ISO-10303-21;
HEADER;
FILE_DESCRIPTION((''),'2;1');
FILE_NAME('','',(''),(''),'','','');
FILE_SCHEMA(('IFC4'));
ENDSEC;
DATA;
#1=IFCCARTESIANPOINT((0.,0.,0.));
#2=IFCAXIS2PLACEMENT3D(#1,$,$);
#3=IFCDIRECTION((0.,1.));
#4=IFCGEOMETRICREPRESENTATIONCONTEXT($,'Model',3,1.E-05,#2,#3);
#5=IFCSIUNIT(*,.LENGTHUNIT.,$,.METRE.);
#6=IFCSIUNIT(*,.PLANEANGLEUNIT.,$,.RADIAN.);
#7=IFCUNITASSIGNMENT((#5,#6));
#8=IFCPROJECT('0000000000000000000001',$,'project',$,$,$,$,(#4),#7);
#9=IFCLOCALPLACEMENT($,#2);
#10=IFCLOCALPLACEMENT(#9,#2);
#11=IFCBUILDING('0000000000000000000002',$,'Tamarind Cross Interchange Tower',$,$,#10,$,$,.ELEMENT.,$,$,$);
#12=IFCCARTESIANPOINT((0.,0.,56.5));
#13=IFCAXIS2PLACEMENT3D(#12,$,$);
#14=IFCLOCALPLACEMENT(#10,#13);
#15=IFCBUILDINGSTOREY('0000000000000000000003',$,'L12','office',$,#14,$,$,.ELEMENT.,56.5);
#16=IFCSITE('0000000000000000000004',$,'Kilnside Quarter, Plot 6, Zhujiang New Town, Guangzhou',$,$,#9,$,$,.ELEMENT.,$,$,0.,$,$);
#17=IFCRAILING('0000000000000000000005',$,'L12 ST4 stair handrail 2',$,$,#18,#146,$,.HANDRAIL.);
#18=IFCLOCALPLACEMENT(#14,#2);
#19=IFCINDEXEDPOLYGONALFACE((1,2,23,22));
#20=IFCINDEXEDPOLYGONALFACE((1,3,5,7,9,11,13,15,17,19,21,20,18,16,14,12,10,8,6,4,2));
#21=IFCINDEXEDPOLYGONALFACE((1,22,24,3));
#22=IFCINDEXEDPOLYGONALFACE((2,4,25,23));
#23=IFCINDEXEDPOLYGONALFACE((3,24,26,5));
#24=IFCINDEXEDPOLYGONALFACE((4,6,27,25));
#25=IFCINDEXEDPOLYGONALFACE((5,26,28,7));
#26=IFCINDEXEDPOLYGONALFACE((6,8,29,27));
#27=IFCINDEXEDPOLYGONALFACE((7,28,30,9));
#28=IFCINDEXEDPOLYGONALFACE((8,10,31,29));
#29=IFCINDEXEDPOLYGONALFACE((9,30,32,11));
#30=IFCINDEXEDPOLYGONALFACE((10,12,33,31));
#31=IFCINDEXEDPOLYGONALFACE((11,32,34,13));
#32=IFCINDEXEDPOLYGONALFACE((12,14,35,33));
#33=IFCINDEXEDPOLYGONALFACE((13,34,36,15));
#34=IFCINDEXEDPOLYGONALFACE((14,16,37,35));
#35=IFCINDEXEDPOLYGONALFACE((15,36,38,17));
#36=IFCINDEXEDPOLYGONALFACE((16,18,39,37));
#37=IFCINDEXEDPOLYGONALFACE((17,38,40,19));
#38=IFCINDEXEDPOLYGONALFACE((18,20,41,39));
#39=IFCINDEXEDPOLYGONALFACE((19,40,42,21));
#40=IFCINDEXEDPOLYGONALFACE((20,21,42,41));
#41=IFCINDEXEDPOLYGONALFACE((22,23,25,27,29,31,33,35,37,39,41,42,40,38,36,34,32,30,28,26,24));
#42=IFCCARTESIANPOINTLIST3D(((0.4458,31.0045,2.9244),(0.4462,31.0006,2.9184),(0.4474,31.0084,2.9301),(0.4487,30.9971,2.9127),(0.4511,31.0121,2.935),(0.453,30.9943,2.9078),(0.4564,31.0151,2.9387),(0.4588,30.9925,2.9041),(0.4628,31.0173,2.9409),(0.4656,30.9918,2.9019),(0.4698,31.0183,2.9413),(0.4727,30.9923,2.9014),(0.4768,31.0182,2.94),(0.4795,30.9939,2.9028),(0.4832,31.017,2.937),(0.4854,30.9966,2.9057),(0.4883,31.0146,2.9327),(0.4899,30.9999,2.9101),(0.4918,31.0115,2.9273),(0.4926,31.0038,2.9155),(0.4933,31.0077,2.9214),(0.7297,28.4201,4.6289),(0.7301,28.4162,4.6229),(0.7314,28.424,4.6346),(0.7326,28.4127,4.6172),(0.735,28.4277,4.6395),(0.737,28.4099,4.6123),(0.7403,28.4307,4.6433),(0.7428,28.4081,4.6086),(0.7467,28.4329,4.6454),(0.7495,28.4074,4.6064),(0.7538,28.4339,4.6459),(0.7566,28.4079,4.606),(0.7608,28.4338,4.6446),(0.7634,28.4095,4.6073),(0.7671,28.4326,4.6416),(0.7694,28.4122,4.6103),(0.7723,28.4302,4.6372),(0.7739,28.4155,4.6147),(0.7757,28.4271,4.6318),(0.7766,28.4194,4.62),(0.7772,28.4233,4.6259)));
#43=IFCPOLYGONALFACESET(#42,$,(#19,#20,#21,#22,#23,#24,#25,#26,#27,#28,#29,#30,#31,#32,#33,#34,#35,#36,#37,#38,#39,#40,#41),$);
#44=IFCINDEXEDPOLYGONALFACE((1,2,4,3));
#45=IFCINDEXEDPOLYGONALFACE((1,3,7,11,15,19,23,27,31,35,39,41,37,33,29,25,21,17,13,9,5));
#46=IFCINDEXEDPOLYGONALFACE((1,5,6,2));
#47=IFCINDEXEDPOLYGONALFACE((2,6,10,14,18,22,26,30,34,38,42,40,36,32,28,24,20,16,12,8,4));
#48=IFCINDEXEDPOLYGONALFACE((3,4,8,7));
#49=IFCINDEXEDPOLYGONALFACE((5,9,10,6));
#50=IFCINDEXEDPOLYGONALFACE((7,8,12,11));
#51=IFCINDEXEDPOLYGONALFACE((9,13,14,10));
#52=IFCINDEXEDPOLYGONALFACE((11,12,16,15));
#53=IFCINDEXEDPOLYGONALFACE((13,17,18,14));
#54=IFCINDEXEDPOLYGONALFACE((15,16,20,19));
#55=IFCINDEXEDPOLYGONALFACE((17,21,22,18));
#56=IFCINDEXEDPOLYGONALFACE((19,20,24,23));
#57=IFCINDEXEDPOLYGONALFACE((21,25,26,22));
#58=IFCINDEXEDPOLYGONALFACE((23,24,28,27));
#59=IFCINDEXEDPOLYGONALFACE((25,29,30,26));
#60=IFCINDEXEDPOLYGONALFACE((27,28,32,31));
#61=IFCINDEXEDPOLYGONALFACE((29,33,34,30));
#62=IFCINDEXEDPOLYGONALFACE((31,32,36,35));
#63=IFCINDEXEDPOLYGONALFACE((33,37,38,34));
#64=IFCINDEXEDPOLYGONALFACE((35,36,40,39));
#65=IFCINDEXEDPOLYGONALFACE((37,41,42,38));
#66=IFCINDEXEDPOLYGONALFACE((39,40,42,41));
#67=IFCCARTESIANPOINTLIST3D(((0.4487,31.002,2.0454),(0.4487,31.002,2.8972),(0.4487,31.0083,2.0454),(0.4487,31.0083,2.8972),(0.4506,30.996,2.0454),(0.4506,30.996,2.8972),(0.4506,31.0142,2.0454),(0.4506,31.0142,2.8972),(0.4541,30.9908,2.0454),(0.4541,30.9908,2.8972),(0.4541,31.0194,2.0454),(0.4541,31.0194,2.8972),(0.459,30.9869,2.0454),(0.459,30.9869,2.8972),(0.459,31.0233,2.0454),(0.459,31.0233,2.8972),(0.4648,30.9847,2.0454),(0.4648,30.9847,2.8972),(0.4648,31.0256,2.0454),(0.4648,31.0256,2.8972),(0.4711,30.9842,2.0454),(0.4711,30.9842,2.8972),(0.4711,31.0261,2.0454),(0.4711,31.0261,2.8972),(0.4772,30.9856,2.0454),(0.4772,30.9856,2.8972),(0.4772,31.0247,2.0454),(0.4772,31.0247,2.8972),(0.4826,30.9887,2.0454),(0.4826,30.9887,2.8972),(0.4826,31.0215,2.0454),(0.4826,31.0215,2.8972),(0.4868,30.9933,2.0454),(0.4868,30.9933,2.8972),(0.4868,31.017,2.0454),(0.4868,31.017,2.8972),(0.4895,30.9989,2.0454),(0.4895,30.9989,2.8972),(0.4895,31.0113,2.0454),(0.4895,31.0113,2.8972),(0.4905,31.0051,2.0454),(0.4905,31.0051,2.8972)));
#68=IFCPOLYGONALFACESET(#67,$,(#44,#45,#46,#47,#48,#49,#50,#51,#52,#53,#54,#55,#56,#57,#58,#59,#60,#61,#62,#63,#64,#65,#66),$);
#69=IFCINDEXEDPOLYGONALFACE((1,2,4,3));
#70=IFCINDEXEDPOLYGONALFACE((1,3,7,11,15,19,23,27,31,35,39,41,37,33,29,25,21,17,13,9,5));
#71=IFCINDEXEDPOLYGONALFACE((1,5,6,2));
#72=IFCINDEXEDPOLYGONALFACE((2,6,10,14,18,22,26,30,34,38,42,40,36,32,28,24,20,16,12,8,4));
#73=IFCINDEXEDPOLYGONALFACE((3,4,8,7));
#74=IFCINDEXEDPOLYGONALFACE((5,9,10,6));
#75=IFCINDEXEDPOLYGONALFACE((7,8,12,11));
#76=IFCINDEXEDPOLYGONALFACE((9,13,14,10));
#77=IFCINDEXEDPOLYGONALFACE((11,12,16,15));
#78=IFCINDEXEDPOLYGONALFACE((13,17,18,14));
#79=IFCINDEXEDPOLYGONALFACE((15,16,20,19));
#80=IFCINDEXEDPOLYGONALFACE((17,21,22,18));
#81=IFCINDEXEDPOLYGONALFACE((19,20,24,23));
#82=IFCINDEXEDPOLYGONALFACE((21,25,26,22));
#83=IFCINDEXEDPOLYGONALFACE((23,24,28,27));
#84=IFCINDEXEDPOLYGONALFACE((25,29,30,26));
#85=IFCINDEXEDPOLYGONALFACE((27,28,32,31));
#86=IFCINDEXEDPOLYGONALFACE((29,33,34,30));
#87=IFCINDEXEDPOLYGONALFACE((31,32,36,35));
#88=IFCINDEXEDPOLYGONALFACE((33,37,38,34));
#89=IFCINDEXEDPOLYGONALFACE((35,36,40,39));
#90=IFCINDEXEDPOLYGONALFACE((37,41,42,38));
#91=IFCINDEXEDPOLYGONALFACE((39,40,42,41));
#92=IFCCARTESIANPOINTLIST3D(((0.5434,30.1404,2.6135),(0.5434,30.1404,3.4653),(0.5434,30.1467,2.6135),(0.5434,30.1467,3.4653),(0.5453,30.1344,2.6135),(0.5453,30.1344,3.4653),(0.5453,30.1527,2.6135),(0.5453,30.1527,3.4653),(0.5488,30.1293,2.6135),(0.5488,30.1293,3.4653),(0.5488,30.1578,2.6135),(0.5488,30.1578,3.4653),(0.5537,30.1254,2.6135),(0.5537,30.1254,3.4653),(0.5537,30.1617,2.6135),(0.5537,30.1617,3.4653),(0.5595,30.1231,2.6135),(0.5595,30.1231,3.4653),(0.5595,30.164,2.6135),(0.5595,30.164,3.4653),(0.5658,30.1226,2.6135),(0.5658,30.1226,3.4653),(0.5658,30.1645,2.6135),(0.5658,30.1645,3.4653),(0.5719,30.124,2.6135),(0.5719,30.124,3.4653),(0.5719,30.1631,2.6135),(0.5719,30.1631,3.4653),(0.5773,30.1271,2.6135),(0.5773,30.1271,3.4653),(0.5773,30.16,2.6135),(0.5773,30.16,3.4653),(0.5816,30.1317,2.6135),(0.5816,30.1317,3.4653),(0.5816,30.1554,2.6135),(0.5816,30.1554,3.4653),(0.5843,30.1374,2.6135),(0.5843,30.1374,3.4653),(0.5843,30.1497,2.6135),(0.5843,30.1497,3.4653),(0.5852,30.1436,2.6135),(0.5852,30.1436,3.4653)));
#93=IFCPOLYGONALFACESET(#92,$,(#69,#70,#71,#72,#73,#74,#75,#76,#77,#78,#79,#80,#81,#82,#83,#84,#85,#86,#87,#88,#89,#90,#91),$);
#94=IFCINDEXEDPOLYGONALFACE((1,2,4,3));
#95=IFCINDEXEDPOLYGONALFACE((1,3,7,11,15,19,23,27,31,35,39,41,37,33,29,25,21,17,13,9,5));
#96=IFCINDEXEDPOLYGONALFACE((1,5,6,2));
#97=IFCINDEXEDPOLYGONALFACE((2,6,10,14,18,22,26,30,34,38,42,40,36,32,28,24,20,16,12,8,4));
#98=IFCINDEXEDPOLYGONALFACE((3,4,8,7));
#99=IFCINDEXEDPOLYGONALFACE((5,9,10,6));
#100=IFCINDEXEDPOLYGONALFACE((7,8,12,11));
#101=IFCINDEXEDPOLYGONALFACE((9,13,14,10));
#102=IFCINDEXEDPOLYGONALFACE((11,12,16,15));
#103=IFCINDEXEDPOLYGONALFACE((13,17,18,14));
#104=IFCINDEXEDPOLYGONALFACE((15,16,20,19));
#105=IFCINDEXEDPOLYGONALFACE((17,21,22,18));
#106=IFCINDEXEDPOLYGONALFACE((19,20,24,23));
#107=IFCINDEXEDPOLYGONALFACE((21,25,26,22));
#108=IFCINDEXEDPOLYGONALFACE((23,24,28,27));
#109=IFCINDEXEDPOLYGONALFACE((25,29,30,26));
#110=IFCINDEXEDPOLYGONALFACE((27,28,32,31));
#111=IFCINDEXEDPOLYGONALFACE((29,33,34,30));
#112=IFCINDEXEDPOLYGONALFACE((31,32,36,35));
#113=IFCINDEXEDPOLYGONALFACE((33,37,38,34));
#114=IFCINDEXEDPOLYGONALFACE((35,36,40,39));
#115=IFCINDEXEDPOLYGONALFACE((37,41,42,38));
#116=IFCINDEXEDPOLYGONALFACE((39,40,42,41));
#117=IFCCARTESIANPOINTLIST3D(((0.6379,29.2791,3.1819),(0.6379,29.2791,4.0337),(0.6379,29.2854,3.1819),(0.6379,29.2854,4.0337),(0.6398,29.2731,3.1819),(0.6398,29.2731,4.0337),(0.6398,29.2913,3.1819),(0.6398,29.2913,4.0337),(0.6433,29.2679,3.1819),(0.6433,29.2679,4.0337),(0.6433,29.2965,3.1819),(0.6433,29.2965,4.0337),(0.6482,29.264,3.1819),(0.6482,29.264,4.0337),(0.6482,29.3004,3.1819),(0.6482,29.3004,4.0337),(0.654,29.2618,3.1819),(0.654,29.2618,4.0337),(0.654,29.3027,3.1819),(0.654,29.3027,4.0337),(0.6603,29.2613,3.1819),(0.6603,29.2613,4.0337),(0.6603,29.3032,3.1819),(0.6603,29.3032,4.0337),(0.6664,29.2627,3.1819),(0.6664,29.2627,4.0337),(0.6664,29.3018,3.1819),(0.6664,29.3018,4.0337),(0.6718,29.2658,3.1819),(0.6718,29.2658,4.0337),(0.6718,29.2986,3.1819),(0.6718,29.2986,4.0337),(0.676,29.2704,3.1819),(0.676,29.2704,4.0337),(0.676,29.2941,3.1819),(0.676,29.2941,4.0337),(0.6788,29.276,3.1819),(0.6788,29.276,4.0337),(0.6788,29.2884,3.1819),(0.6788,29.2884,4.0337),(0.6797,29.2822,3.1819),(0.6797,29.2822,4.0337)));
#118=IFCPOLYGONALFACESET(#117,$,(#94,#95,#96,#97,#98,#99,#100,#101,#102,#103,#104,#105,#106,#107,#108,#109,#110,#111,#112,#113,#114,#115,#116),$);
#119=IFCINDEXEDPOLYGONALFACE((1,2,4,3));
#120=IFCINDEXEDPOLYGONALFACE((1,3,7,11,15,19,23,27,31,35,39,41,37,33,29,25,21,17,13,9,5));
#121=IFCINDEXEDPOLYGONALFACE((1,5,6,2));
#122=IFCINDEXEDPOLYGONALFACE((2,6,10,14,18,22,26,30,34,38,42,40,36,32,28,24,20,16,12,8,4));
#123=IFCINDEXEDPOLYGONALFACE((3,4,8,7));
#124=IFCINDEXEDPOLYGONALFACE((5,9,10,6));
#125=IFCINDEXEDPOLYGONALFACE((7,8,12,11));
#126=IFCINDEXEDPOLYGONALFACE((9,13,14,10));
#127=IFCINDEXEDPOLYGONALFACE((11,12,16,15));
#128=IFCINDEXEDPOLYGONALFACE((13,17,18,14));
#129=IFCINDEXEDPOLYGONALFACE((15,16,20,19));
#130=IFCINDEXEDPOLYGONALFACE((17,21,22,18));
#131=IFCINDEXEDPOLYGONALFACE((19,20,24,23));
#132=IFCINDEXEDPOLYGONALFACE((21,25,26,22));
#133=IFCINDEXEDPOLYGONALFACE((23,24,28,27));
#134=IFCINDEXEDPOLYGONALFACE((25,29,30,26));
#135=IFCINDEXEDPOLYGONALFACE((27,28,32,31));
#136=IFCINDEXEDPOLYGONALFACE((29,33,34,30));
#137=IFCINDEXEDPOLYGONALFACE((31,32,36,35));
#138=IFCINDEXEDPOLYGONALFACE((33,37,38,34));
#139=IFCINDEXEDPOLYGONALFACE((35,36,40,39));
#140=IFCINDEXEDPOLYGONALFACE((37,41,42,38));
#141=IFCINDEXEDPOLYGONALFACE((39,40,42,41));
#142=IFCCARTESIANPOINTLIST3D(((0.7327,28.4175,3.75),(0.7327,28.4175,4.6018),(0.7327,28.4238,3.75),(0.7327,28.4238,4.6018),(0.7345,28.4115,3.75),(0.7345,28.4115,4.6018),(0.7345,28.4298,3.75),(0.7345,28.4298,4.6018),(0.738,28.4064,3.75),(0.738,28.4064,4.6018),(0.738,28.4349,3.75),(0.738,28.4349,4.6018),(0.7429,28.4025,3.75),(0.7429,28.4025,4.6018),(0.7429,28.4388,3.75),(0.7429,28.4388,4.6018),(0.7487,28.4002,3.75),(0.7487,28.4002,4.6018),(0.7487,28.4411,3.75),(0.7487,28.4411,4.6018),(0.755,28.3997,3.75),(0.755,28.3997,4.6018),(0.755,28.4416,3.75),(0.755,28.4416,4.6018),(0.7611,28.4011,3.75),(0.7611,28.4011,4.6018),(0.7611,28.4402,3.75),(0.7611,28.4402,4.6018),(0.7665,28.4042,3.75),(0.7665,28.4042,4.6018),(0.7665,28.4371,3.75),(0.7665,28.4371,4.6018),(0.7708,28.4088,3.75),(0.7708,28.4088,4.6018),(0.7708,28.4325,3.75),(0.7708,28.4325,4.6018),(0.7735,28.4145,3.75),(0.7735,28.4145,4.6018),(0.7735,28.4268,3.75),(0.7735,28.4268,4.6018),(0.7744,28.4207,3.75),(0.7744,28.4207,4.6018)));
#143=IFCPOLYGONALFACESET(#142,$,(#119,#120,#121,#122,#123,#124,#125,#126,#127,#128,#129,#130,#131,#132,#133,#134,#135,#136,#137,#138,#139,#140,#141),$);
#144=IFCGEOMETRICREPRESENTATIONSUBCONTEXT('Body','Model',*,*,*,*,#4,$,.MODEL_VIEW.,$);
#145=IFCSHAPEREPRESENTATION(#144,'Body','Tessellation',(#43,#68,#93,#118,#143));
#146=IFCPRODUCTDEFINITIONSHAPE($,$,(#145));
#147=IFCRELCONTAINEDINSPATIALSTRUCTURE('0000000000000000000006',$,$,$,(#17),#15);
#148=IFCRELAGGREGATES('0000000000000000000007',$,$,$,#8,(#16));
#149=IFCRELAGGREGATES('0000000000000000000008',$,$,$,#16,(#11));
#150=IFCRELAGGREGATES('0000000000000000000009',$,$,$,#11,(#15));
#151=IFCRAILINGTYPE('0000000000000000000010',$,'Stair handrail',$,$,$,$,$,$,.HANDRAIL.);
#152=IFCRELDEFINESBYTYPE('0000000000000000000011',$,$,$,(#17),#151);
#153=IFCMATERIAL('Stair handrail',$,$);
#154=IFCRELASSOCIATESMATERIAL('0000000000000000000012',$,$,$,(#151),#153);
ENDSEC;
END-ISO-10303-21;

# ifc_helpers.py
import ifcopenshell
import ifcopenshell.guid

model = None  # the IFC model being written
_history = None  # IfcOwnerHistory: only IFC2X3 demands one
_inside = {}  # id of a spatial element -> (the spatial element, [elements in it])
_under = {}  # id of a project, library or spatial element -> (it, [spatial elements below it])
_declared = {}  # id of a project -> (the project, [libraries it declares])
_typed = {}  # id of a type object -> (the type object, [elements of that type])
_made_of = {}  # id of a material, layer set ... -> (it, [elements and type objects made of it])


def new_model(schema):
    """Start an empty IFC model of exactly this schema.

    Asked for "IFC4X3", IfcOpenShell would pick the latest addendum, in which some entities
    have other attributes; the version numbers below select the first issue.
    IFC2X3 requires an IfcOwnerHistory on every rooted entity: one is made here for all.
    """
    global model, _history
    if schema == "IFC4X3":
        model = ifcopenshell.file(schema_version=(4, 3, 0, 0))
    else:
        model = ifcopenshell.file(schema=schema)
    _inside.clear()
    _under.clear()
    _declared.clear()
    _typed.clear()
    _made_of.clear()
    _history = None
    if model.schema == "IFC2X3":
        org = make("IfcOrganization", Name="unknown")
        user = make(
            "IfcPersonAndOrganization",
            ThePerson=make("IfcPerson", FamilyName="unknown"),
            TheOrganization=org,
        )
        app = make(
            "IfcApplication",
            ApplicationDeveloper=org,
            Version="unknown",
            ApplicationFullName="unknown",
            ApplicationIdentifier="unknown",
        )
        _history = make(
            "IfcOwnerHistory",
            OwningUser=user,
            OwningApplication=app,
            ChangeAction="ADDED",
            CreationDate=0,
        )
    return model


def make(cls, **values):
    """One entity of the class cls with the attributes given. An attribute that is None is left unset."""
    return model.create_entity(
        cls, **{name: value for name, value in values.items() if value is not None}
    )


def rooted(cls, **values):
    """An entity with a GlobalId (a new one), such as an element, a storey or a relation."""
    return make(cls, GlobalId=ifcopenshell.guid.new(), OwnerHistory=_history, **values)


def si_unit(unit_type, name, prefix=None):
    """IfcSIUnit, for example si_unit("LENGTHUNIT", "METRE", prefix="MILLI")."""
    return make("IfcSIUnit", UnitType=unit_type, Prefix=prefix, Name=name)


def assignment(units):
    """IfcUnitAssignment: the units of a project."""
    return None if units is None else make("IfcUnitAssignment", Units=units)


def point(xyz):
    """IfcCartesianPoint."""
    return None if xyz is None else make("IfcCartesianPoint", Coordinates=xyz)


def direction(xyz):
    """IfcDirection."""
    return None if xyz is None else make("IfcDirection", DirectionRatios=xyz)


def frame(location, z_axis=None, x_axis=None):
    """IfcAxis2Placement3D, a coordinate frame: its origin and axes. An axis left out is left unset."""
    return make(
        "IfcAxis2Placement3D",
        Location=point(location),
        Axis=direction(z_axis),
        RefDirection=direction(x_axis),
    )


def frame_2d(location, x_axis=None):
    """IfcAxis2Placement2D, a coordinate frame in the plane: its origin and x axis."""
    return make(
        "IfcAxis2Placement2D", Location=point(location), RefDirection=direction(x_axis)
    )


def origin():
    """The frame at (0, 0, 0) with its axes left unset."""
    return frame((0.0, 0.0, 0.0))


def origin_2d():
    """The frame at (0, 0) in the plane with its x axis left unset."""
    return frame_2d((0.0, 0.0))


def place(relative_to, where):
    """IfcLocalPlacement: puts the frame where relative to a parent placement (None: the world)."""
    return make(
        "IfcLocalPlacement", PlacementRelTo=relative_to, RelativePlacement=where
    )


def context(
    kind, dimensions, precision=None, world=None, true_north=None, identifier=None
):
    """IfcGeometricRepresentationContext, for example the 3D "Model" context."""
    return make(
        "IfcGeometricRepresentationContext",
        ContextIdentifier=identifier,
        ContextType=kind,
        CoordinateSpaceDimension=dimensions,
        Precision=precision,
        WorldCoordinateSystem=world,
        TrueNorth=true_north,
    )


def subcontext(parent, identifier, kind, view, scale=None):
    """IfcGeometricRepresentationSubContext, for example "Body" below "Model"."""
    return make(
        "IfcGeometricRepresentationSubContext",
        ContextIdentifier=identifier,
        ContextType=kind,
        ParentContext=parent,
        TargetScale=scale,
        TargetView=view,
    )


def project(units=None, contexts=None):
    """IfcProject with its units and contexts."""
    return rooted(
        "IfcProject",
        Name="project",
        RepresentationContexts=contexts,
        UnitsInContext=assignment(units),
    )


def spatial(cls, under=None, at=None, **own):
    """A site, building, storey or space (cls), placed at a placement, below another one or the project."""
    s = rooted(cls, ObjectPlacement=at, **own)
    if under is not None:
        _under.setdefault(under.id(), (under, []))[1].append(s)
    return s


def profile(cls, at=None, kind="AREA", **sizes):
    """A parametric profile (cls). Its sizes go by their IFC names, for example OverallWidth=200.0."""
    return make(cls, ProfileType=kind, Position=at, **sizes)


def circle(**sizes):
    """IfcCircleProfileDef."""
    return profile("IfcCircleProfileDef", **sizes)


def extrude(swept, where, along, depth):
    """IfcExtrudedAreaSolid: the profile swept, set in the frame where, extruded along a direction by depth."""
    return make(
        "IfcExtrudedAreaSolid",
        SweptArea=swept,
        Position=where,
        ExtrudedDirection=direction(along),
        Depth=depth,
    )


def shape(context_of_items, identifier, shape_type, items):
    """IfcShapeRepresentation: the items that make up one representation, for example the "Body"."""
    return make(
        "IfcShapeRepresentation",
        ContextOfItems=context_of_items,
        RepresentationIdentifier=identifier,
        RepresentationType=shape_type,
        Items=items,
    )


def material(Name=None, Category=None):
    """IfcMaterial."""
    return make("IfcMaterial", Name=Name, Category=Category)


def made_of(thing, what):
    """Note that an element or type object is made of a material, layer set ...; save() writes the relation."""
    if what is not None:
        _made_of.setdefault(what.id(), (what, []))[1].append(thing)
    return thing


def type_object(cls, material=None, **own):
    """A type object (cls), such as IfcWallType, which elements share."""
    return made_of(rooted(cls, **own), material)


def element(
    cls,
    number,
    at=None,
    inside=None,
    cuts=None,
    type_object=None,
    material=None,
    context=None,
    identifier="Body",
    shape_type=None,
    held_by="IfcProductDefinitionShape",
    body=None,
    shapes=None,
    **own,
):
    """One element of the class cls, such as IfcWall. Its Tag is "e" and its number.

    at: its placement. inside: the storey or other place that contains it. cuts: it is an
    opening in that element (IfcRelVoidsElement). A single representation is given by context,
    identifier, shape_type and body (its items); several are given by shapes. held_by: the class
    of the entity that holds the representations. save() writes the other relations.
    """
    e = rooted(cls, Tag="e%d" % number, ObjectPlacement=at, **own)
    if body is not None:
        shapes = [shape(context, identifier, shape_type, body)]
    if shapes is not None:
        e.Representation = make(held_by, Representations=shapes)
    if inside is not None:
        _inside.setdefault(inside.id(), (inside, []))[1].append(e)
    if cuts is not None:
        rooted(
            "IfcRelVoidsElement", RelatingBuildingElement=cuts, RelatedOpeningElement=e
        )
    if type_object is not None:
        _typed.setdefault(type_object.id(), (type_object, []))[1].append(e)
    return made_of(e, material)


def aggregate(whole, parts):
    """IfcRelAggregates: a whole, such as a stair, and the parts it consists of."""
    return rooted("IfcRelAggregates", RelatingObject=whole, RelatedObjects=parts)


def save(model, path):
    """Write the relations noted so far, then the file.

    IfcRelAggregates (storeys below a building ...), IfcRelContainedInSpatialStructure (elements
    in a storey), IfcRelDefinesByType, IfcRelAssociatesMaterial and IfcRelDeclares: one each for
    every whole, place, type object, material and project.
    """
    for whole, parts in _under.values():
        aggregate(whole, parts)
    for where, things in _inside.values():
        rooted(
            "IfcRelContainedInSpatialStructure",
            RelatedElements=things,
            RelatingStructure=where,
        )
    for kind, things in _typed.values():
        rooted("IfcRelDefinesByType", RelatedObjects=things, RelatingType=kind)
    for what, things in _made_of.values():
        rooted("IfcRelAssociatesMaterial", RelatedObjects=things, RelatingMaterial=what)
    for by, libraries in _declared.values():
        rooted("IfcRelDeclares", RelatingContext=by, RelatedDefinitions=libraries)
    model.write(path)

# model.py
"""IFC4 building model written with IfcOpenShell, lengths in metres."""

from ifc_helpers import new_model, si_unit, direction, frame, origin, origin_2d, place, context, subcontext, project, spatial, circle, extrude, material, type_object, element, save


model = new_model("IFC4")

# Units and contexts
model_context = context("Model", 3, precision=1e-05, world=origin(), true_north=direction((0.0, 1.0)))
body_context = subcontext(model_context, "Body", "Model", "MODEL_VIEW")
ifc_project = project(units=[si_unit("LENGTHUNIT", "METRE"), si_unit("PLANEANGLEUNIT", "RADIAN")], contexts=[model_context])

# Site, building, storey
site_placement = place(None, origin())
site = spatial("IfcSite", under=ifc_project, at=site_placement, Name="Kilnside Quarter, Plot 6, Zhujiang New Town, Guangzhou", CompositionType="ELEMENT", RefElevation=0.0)
building_placement = place(site_placement, origin())
building = spatial("IfcBuilding", under=site, at=building_placement, Name="Tamarind Cross Interchange Tower", CompositionType="ELEMENT")
storey_placement = place(building_placement, frame((0.0, 0.0, 56.5)))
storey = spatial("IfcBuildingStorey", under=building, at=storey_placement, Name="L12", Description="office", CompositionType="ELEMENT", Elevation=56.5)

# Railing
ifc_material_1 = material(Name="Stair handrail")
railing_type_1 = type_object("IfcRailingType", Name="Stair handrail", PredefinedType="HANDRAIL", material=ifc_material_1)
railing_1_placement = place(storey_placement, frame((0.4695, 31.0051, 2.0454)))
element("IfcRailing", 1, at=railing_1_placement, inside=storey, type_object=railing_type_1, Name="L12 ST4 stair handrail 2", PredefinedType="HANDRAIL", context=body_context, shape_type="SweptSolid", body=[
    extrude(circle(Radius=0.0239, at=origin_2d()), frame((0.0, 0.0, 0.876), z_axis=(0.091328, -0.831293, 0.54828), x_axis=(0.994019, 0.109205, 0.0)), (0.0, 0.0, 1.0), 3.1089),
    extrude(circle(Radius=0.021, at=origin_2d()), origin(), (0.0, 0.0, 1.0), 0.8518),
    extrude(circle(Radius=0.021, at=origin_2d()), frame((0.0947, -0.8616, 0.5681)), (0.0, 0.0, 1.0), 0.8518),
    extrude(circle(Radius=0.021, at=origin_2d()), frame((0.1892, -1.7229, 1.1365)), (0.0, 0.0, 1.0), 0.8518),
    extrude(circle(Radius=0.021, at=origin_2d()), frame((0.2839, -2.5845, 1.7046)), (0.0, 0.0, 1.0), 0.8518),
])

save(model, "model.ifc")
